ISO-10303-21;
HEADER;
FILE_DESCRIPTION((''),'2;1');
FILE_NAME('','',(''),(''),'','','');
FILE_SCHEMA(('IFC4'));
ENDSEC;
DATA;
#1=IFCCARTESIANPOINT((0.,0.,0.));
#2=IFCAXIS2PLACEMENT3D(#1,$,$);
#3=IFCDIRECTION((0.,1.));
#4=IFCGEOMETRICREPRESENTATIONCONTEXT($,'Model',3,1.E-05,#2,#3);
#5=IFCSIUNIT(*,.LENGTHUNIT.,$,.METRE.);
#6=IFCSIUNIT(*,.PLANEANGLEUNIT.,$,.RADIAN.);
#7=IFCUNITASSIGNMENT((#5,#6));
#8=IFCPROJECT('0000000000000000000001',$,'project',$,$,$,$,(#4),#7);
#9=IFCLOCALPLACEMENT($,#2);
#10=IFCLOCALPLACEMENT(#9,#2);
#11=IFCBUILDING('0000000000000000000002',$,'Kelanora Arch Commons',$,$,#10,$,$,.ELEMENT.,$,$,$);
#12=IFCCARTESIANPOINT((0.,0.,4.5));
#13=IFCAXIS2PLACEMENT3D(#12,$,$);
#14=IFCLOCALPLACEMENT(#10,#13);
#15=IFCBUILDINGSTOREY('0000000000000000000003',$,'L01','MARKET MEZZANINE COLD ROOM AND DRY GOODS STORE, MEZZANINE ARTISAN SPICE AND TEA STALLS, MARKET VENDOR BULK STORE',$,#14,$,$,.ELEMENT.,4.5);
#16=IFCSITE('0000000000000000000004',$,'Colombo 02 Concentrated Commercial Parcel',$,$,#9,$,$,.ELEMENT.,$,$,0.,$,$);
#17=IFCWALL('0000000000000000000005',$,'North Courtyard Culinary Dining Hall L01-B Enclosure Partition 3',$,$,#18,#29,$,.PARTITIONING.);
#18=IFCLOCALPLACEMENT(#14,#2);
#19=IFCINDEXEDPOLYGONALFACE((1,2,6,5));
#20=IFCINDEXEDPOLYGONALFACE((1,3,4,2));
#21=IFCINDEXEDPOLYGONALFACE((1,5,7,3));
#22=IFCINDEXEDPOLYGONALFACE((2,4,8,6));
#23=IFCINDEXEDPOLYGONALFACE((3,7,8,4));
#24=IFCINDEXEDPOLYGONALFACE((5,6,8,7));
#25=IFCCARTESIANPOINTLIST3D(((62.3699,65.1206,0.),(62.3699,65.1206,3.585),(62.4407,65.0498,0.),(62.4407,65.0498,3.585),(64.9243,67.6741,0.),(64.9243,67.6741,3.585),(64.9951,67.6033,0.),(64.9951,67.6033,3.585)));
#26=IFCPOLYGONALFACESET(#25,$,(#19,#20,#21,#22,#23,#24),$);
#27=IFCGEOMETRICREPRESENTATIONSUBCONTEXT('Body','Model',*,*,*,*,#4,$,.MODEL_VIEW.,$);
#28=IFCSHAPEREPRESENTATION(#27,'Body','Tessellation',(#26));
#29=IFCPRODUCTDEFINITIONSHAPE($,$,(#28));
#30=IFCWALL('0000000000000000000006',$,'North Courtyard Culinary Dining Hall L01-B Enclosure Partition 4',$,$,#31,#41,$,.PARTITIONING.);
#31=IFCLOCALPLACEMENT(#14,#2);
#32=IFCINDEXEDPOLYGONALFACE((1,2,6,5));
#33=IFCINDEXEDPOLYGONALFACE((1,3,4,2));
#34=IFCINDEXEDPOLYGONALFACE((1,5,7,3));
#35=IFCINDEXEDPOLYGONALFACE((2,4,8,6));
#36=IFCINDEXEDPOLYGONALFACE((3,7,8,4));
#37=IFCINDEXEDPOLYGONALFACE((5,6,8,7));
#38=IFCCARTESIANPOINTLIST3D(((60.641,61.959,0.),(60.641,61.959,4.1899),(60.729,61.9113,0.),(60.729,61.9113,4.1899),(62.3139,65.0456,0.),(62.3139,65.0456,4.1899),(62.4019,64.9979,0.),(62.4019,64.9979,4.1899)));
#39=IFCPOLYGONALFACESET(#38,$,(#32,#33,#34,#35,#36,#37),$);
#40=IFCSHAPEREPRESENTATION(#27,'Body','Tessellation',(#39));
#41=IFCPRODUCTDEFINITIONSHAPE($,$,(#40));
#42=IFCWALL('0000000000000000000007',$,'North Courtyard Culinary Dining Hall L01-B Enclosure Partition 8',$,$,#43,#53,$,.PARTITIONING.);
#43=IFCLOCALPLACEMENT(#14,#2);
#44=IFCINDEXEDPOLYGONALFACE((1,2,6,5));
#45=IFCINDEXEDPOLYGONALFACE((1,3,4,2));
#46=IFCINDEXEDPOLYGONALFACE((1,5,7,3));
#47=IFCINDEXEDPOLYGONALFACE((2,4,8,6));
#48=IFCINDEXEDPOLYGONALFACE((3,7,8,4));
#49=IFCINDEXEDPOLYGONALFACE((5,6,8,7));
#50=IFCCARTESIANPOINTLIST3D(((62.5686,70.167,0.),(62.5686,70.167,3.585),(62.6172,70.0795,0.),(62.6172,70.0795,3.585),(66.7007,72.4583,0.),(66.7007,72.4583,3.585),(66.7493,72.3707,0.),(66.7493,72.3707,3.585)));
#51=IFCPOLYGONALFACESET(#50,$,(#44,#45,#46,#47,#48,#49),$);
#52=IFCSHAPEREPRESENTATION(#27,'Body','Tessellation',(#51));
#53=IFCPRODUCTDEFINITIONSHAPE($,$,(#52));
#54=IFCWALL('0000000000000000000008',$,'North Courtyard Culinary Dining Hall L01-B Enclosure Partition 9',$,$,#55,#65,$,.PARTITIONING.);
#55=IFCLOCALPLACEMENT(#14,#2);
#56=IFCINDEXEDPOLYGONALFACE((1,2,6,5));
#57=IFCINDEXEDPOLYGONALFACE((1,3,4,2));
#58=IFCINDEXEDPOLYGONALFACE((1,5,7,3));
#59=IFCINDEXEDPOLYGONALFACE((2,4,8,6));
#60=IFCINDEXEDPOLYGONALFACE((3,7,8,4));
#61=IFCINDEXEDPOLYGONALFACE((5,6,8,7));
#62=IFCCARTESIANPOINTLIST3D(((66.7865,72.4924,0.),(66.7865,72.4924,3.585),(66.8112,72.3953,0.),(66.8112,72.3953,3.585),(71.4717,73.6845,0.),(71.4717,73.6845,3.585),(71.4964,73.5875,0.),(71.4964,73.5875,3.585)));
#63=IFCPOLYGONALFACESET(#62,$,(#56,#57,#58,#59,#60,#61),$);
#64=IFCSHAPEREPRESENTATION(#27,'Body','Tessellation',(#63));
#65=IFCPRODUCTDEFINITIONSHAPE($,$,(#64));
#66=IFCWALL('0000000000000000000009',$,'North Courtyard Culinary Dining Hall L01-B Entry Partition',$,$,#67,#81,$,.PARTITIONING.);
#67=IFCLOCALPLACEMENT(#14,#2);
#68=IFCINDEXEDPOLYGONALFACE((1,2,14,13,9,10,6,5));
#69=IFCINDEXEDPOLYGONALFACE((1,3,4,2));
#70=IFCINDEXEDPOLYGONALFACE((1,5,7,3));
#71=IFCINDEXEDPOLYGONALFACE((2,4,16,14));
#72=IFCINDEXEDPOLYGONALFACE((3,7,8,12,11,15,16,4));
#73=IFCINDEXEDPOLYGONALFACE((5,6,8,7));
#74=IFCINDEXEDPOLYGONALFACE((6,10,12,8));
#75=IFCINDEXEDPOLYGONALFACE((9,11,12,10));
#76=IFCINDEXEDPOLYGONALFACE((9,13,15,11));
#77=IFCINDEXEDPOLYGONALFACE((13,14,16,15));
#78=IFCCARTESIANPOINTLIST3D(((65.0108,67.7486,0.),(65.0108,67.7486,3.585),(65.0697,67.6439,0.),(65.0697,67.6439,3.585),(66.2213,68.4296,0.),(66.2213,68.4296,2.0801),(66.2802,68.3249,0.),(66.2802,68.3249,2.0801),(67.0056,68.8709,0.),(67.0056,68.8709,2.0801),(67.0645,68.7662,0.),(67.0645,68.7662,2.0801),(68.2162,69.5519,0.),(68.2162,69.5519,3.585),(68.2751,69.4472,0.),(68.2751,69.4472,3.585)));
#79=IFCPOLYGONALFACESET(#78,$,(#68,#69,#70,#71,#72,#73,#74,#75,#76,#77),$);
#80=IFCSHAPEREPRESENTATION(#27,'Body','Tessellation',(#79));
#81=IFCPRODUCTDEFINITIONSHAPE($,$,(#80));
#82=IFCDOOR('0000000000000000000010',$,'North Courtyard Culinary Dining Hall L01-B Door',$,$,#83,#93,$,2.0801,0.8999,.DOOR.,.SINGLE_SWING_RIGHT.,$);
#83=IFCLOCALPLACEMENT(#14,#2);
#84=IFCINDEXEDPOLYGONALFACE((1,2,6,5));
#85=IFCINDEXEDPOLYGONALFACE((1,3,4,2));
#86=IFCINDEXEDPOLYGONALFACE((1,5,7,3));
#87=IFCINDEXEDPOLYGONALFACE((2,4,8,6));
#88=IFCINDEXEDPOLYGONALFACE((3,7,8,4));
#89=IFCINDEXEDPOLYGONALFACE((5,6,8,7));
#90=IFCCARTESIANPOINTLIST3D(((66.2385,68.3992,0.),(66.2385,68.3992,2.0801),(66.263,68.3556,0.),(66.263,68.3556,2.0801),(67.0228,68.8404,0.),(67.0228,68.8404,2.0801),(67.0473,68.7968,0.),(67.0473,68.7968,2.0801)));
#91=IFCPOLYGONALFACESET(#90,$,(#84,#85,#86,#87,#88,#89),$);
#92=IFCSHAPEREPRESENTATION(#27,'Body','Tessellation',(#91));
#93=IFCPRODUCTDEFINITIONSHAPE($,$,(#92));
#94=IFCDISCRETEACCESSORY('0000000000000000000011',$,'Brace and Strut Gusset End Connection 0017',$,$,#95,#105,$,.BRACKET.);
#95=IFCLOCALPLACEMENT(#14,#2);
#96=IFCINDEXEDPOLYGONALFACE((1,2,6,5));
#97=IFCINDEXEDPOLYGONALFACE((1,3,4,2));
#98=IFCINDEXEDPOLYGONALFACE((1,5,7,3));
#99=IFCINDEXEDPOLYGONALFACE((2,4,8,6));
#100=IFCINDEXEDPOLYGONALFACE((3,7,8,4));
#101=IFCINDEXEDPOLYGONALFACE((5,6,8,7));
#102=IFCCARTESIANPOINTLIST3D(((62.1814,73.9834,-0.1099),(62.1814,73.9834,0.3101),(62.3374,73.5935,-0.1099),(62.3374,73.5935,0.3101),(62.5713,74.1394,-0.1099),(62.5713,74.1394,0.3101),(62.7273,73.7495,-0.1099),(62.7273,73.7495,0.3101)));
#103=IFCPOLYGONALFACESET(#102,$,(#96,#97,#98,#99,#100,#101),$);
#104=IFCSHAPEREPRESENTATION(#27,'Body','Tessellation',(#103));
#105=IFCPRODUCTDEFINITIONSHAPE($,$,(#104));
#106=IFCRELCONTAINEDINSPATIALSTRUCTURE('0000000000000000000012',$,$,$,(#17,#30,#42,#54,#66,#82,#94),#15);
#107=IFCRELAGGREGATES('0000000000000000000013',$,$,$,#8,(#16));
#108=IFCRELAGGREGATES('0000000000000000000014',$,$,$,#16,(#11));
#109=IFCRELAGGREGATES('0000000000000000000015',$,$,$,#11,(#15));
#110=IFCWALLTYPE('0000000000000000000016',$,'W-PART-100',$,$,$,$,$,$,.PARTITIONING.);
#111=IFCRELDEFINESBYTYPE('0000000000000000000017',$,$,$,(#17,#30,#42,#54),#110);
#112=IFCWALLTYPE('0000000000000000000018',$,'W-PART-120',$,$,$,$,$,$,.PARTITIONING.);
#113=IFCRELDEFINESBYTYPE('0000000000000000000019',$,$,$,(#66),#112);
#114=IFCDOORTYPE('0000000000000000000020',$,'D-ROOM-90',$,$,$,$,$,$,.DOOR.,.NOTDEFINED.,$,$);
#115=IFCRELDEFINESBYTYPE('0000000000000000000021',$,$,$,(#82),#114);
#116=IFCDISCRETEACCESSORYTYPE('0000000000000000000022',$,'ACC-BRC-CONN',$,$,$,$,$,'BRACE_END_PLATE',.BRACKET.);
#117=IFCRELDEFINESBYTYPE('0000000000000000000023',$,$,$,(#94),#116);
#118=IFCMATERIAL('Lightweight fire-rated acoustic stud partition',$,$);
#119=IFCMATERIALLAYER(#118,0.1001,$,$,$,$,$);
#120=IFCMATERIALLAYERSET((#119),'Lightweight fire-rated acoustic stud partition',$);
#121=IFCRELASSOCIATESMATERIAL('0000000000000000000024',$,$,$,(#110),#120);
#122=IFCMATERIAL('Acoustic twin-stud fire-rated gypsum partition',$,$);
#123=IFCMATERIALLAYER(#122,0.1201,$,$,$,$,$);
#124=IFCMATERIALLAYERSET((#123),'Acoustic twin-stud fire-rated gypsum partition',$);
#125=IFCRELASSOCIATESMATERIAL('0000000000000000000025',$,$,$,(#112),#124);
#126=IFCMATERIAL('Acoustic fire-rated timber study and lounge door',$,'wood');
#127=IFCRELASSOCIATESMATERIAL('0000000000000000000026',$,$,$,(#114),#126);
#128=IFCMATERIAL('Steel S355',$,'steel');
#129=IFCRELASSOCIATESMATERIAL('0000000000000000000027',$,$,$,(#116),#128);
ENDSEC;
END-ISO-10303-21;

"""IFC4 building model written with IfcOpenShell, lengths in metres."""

from ifc_helpers import new_model, si_unit, direction, frame, frame_2d, origin, origin_2d, place, context, subcontext, project, spatial, rectangle, extrude, source, transform, mapped, material, layer, layer_set, type_object, element, fill, save


model = new_model("IFC4")

# Units and contexts
model_context = context("Model", 3, precision=1e-05, world=origin(), true_north=direction((0.0, 1.0)))
body_context = subcontext(model_context, "Body", "Model", "MODEL_VIEW")
ifc_project = project(units=[si_unit("LENGTHUNIT", "METRE"), si_unit("PLANEANGLEUNIT", "RADIAN")], contexts=[model_context])

# Site, building, storey
site_placement = place(None, origin())
site = spatial("IfcSite", under=ifc_project, at=site_placement, Name="Colombo 02 Concentrated Commercial Parcel", CompositionType="ELEMENT", RefElevation=0.0)
building_placement = place(site_placement, origin())
building = spatial("IfcBuilding", under=site, at=building_placement, Name="Kelanora Arch Commons", CompositionType="ELEMENT")
storey_placement = place(building_placement, frame((0.0, 0.0, 4.5)))
storey = spatial("IfcBuildingStorey", under=building, at=storey_placement, Name="L01", Description="MARKET MEZZANINE COLD ROOM AND DRY GOODS STORE, MEZZANINE ARTISAN SPICE AND TEA STALLS, MARKET VENDOR BULK STORE", CompositionType="ELEMENT", Elevation=4.5)

# Shared definitions
ifc_material_1 = material(Name="Steel S355", Category="steel")

# Walls
ifc_material_2 = material(Name="Lightweight fire-rated acoustic stud partition")
ifc_layer_1 = layer(ifc_material_2, 0.1001)
ifc_layer_set_1 = layer_set([ifc_layer_1], Name="Lightweight fire-rated acoustic stud partition")
wall_type_1 = type_object("IfcWallType", Name="W-PART-100", PredefinedType="PARTITIONING", material=ifc_layer_set_1)
wall_1_placement = place(storey_placement, frame((64.9597, 67.6387, 0.0), z_axis=(0.0, 0.0, 1.0), x_axis=(-0.707242, -0.706972, 0.0)))
element("IfcWall", 1, at=wall_1_placement, inside=storey, type_object=wall_type_1, Name="North Courtyard Culinary Dining Hall L01-B Enclosure Partition 3", PredefinedType="PARTITIONING", context=body_context, shape_type="SweptSolid", body=[
    extrude(rectangle(XDim=3.6118, YDim=0.1001, at=frame_2d((1.8059, 0.0))), origin(), (0.0, 0.0, 1.0), 3.585),
])
wall_2_placement = place(storey_placement, frame((62.3579, 65.0217, 0.0), z_axis=(0.0, 0.0, 1.0), x_axis=(-0.476512, -0.879168, 0.0)))
element("IfcWall", 2, at=wall_2_placement, inside=storey, type_object=wall_type_1, Name="North Courtyard Culinary Dining Hall L01-B Enclosure Partition 4", PredefinedType="PARTITIONING", context=body_context, shape_type="SweptSolid", body=[
    extrude(rectangle(XDim=3.5107, YDim=0.1001, at=frame_2d((1.7554, 0.0))), origin(), (0.0, 0.0, 1.0), 4.1899),
])
wall_3_placement = place(storey_placement, frame((62.593, 70.1233, 0.0), z_axis=(0.0, 0.0, 1.0), x_axis=(0.874547, 0.484941, 0.0)))
element("IfcWall", 3, at=wall_3_placement, inside=storey, type_object=wall_type_1, Name="North Courtyard Culinary Dining Hall L01-B Enclosure Partition 8", PredefinedType="PARTITIONING", context=body_context, shape_type="SweptSolid", body=[
    extrude(rectangle(XDim=4.7249, YDim=0.1001, at=frame_2d((2.3623, 0.0))), origin(), (0.0, 0.0, 1.0), 3.585),
])
wall_4_placement = place(storey_placement, frame((66.7988, 72.4438, 0.0), z_axis=(0.0, 0.0, 1.0), x_axis=(0.969121, 0.246585, 0.0)))
element("IfcWall", 4, at=wall_4_placement, inside=storey, type_object=wall_type_1, Name="North Courtyard Culinary Dining Hall L01-B Enclosure Partition 9", PredefinedType="PARTITIONING", context=body_context, shape_type="SweptSolid", body=[
    extrude(rectangle(XDim=4.8345, YDim=0.1001, at=frame_2d((2.4172, 0.0))), origin(), (0.0, 0.0, 1.0), 3.585),
])

# Wall, opening, door
ifc_material_3 = material(Name="Acoustic twin-stud fire-rated gypsum partition")
ifc_layer_2 = layer(ifc_material_3, 0.1201)
ifc_layer_set_2 = layer_set([ifc_layer_2], Name="Acoustic twin-stud fire-rated gypsum partition")
wall_type_2 = type_object("IfcWallType", Name="W-PART-120", PredefinedType="PARTITIONING", material=ifc_layer_set_2)
wall_5_placement = place(storey_placement, frame((68.2456, 69.4995, 0.0), z_axis=(0.0, 0.0, 1.0), x_axis=(-0.871549, -0.490309, 0.0)))
wall_5 = element("IfcWall", 5, at=wall_5_placement, inside=storey, type_object=wall_type_2, Name="North Courtyard Culinary Dining Hall L01-B Entry Partition", PredefinedType="PARTITIONING", context=body_context, shape_type="SweptSolid", body=[
    extrude(rectangle(XDim=3.6777, YDim=0.1201, at=frame_2d((1.8389, 0.0))), origin(), (0.0, 0.0, 1.0), 3.585),
])
opening_placement = place(wall_5_placement, frame((1.3889, 0.0, 0.0)))
opening = element("IfcOpeningElement", 6, at=opening_placement, cuts=wall_5, PredefinedType="OPENING", context=body_context, shape_type="SweptSolid", body=[
    extrude(rectangle(XDim=0.8999, YDim=2.0801, at=frame_2d((0.45, 1.04))), frame((0.0, 0.0701, 0.0), z_axis=(0.0, -1.0, 0.0), x_axis=(1.0, 0.0, 0.0)), (0.0, 0.0, 1.0), 0.1401),
])
ifc_material_4 = material(Name="Acoustic fire-rated timber study and lounge door", Category="wood")
door_type = type_object("IfcDoorType", Name="D-ROOM-90", OperationType="NOTDEFINED", PredefinedType="DOOR", material=ifc_material_4)
door_placement = place(opening_placement, origin())
door = element("IfcDoor", 7, at=door_placement, inside=storey, type_object=door_type, Name="North Courtyard Culinary Dining Hall L01-B Door", OperationType="SINGLE_SWING_RIGHT", OverallHeight=2.0801, OverallWidth=0.8999, PredefinedType="DOOR", context=body_context, shape_type="SweptSolid", body=[
    extrude(rectangle(XDim=0.8999, YDim=2.0801, at=frame_2d((0.45, 1.04))), frame((0.0, 0.0249, 0.0), z_axis=(0.0, -1.0, 0.0), x_axis=(1.0, 0.0, 0.0)), (0.0, 0.0, 1.0), 0.05),
])
fill(opening, door)

# Discrete accessory
discrete_accessory_type = type_object("IfcDiscreteAccessoryType", Name="ACC-BRC-CONN", ElementType="BRACE_END_PLATE", PredefinedType="BRACKET", material=ifc_material_1)
shared_shape_1 = source(origin(), body_context, "Body", "SweptSolid", [
    extrude(rectangle(XDim=0.4199, YDim=0.4199, at=origin_2d()), origin(), (0.0, 0.0, 1.0), 0.4199),
])
discrete_accessory_placement = place(storey_placement, frame((62.4543, 73.8665, -0.1099), z_axis=(0.0, 0.0, 1.0), x_axis=(-0.371368, 0.928486, 0.0)))
element("IfcDiscreteAccessory", 8, at=discrete_accessory_placement, inside=storey, type_object=discrete_accessory_type, Name="Brace and Strut Gusset End Connection 0017", PredefinedType="BRACKET", context=body_context, shape_type="MappedRepresentation", body=[
    mapped(shared_shape_1, transform((0.0, 0.0, 0.0), scale=1.0)),
])

save(model, "model.ifc")
